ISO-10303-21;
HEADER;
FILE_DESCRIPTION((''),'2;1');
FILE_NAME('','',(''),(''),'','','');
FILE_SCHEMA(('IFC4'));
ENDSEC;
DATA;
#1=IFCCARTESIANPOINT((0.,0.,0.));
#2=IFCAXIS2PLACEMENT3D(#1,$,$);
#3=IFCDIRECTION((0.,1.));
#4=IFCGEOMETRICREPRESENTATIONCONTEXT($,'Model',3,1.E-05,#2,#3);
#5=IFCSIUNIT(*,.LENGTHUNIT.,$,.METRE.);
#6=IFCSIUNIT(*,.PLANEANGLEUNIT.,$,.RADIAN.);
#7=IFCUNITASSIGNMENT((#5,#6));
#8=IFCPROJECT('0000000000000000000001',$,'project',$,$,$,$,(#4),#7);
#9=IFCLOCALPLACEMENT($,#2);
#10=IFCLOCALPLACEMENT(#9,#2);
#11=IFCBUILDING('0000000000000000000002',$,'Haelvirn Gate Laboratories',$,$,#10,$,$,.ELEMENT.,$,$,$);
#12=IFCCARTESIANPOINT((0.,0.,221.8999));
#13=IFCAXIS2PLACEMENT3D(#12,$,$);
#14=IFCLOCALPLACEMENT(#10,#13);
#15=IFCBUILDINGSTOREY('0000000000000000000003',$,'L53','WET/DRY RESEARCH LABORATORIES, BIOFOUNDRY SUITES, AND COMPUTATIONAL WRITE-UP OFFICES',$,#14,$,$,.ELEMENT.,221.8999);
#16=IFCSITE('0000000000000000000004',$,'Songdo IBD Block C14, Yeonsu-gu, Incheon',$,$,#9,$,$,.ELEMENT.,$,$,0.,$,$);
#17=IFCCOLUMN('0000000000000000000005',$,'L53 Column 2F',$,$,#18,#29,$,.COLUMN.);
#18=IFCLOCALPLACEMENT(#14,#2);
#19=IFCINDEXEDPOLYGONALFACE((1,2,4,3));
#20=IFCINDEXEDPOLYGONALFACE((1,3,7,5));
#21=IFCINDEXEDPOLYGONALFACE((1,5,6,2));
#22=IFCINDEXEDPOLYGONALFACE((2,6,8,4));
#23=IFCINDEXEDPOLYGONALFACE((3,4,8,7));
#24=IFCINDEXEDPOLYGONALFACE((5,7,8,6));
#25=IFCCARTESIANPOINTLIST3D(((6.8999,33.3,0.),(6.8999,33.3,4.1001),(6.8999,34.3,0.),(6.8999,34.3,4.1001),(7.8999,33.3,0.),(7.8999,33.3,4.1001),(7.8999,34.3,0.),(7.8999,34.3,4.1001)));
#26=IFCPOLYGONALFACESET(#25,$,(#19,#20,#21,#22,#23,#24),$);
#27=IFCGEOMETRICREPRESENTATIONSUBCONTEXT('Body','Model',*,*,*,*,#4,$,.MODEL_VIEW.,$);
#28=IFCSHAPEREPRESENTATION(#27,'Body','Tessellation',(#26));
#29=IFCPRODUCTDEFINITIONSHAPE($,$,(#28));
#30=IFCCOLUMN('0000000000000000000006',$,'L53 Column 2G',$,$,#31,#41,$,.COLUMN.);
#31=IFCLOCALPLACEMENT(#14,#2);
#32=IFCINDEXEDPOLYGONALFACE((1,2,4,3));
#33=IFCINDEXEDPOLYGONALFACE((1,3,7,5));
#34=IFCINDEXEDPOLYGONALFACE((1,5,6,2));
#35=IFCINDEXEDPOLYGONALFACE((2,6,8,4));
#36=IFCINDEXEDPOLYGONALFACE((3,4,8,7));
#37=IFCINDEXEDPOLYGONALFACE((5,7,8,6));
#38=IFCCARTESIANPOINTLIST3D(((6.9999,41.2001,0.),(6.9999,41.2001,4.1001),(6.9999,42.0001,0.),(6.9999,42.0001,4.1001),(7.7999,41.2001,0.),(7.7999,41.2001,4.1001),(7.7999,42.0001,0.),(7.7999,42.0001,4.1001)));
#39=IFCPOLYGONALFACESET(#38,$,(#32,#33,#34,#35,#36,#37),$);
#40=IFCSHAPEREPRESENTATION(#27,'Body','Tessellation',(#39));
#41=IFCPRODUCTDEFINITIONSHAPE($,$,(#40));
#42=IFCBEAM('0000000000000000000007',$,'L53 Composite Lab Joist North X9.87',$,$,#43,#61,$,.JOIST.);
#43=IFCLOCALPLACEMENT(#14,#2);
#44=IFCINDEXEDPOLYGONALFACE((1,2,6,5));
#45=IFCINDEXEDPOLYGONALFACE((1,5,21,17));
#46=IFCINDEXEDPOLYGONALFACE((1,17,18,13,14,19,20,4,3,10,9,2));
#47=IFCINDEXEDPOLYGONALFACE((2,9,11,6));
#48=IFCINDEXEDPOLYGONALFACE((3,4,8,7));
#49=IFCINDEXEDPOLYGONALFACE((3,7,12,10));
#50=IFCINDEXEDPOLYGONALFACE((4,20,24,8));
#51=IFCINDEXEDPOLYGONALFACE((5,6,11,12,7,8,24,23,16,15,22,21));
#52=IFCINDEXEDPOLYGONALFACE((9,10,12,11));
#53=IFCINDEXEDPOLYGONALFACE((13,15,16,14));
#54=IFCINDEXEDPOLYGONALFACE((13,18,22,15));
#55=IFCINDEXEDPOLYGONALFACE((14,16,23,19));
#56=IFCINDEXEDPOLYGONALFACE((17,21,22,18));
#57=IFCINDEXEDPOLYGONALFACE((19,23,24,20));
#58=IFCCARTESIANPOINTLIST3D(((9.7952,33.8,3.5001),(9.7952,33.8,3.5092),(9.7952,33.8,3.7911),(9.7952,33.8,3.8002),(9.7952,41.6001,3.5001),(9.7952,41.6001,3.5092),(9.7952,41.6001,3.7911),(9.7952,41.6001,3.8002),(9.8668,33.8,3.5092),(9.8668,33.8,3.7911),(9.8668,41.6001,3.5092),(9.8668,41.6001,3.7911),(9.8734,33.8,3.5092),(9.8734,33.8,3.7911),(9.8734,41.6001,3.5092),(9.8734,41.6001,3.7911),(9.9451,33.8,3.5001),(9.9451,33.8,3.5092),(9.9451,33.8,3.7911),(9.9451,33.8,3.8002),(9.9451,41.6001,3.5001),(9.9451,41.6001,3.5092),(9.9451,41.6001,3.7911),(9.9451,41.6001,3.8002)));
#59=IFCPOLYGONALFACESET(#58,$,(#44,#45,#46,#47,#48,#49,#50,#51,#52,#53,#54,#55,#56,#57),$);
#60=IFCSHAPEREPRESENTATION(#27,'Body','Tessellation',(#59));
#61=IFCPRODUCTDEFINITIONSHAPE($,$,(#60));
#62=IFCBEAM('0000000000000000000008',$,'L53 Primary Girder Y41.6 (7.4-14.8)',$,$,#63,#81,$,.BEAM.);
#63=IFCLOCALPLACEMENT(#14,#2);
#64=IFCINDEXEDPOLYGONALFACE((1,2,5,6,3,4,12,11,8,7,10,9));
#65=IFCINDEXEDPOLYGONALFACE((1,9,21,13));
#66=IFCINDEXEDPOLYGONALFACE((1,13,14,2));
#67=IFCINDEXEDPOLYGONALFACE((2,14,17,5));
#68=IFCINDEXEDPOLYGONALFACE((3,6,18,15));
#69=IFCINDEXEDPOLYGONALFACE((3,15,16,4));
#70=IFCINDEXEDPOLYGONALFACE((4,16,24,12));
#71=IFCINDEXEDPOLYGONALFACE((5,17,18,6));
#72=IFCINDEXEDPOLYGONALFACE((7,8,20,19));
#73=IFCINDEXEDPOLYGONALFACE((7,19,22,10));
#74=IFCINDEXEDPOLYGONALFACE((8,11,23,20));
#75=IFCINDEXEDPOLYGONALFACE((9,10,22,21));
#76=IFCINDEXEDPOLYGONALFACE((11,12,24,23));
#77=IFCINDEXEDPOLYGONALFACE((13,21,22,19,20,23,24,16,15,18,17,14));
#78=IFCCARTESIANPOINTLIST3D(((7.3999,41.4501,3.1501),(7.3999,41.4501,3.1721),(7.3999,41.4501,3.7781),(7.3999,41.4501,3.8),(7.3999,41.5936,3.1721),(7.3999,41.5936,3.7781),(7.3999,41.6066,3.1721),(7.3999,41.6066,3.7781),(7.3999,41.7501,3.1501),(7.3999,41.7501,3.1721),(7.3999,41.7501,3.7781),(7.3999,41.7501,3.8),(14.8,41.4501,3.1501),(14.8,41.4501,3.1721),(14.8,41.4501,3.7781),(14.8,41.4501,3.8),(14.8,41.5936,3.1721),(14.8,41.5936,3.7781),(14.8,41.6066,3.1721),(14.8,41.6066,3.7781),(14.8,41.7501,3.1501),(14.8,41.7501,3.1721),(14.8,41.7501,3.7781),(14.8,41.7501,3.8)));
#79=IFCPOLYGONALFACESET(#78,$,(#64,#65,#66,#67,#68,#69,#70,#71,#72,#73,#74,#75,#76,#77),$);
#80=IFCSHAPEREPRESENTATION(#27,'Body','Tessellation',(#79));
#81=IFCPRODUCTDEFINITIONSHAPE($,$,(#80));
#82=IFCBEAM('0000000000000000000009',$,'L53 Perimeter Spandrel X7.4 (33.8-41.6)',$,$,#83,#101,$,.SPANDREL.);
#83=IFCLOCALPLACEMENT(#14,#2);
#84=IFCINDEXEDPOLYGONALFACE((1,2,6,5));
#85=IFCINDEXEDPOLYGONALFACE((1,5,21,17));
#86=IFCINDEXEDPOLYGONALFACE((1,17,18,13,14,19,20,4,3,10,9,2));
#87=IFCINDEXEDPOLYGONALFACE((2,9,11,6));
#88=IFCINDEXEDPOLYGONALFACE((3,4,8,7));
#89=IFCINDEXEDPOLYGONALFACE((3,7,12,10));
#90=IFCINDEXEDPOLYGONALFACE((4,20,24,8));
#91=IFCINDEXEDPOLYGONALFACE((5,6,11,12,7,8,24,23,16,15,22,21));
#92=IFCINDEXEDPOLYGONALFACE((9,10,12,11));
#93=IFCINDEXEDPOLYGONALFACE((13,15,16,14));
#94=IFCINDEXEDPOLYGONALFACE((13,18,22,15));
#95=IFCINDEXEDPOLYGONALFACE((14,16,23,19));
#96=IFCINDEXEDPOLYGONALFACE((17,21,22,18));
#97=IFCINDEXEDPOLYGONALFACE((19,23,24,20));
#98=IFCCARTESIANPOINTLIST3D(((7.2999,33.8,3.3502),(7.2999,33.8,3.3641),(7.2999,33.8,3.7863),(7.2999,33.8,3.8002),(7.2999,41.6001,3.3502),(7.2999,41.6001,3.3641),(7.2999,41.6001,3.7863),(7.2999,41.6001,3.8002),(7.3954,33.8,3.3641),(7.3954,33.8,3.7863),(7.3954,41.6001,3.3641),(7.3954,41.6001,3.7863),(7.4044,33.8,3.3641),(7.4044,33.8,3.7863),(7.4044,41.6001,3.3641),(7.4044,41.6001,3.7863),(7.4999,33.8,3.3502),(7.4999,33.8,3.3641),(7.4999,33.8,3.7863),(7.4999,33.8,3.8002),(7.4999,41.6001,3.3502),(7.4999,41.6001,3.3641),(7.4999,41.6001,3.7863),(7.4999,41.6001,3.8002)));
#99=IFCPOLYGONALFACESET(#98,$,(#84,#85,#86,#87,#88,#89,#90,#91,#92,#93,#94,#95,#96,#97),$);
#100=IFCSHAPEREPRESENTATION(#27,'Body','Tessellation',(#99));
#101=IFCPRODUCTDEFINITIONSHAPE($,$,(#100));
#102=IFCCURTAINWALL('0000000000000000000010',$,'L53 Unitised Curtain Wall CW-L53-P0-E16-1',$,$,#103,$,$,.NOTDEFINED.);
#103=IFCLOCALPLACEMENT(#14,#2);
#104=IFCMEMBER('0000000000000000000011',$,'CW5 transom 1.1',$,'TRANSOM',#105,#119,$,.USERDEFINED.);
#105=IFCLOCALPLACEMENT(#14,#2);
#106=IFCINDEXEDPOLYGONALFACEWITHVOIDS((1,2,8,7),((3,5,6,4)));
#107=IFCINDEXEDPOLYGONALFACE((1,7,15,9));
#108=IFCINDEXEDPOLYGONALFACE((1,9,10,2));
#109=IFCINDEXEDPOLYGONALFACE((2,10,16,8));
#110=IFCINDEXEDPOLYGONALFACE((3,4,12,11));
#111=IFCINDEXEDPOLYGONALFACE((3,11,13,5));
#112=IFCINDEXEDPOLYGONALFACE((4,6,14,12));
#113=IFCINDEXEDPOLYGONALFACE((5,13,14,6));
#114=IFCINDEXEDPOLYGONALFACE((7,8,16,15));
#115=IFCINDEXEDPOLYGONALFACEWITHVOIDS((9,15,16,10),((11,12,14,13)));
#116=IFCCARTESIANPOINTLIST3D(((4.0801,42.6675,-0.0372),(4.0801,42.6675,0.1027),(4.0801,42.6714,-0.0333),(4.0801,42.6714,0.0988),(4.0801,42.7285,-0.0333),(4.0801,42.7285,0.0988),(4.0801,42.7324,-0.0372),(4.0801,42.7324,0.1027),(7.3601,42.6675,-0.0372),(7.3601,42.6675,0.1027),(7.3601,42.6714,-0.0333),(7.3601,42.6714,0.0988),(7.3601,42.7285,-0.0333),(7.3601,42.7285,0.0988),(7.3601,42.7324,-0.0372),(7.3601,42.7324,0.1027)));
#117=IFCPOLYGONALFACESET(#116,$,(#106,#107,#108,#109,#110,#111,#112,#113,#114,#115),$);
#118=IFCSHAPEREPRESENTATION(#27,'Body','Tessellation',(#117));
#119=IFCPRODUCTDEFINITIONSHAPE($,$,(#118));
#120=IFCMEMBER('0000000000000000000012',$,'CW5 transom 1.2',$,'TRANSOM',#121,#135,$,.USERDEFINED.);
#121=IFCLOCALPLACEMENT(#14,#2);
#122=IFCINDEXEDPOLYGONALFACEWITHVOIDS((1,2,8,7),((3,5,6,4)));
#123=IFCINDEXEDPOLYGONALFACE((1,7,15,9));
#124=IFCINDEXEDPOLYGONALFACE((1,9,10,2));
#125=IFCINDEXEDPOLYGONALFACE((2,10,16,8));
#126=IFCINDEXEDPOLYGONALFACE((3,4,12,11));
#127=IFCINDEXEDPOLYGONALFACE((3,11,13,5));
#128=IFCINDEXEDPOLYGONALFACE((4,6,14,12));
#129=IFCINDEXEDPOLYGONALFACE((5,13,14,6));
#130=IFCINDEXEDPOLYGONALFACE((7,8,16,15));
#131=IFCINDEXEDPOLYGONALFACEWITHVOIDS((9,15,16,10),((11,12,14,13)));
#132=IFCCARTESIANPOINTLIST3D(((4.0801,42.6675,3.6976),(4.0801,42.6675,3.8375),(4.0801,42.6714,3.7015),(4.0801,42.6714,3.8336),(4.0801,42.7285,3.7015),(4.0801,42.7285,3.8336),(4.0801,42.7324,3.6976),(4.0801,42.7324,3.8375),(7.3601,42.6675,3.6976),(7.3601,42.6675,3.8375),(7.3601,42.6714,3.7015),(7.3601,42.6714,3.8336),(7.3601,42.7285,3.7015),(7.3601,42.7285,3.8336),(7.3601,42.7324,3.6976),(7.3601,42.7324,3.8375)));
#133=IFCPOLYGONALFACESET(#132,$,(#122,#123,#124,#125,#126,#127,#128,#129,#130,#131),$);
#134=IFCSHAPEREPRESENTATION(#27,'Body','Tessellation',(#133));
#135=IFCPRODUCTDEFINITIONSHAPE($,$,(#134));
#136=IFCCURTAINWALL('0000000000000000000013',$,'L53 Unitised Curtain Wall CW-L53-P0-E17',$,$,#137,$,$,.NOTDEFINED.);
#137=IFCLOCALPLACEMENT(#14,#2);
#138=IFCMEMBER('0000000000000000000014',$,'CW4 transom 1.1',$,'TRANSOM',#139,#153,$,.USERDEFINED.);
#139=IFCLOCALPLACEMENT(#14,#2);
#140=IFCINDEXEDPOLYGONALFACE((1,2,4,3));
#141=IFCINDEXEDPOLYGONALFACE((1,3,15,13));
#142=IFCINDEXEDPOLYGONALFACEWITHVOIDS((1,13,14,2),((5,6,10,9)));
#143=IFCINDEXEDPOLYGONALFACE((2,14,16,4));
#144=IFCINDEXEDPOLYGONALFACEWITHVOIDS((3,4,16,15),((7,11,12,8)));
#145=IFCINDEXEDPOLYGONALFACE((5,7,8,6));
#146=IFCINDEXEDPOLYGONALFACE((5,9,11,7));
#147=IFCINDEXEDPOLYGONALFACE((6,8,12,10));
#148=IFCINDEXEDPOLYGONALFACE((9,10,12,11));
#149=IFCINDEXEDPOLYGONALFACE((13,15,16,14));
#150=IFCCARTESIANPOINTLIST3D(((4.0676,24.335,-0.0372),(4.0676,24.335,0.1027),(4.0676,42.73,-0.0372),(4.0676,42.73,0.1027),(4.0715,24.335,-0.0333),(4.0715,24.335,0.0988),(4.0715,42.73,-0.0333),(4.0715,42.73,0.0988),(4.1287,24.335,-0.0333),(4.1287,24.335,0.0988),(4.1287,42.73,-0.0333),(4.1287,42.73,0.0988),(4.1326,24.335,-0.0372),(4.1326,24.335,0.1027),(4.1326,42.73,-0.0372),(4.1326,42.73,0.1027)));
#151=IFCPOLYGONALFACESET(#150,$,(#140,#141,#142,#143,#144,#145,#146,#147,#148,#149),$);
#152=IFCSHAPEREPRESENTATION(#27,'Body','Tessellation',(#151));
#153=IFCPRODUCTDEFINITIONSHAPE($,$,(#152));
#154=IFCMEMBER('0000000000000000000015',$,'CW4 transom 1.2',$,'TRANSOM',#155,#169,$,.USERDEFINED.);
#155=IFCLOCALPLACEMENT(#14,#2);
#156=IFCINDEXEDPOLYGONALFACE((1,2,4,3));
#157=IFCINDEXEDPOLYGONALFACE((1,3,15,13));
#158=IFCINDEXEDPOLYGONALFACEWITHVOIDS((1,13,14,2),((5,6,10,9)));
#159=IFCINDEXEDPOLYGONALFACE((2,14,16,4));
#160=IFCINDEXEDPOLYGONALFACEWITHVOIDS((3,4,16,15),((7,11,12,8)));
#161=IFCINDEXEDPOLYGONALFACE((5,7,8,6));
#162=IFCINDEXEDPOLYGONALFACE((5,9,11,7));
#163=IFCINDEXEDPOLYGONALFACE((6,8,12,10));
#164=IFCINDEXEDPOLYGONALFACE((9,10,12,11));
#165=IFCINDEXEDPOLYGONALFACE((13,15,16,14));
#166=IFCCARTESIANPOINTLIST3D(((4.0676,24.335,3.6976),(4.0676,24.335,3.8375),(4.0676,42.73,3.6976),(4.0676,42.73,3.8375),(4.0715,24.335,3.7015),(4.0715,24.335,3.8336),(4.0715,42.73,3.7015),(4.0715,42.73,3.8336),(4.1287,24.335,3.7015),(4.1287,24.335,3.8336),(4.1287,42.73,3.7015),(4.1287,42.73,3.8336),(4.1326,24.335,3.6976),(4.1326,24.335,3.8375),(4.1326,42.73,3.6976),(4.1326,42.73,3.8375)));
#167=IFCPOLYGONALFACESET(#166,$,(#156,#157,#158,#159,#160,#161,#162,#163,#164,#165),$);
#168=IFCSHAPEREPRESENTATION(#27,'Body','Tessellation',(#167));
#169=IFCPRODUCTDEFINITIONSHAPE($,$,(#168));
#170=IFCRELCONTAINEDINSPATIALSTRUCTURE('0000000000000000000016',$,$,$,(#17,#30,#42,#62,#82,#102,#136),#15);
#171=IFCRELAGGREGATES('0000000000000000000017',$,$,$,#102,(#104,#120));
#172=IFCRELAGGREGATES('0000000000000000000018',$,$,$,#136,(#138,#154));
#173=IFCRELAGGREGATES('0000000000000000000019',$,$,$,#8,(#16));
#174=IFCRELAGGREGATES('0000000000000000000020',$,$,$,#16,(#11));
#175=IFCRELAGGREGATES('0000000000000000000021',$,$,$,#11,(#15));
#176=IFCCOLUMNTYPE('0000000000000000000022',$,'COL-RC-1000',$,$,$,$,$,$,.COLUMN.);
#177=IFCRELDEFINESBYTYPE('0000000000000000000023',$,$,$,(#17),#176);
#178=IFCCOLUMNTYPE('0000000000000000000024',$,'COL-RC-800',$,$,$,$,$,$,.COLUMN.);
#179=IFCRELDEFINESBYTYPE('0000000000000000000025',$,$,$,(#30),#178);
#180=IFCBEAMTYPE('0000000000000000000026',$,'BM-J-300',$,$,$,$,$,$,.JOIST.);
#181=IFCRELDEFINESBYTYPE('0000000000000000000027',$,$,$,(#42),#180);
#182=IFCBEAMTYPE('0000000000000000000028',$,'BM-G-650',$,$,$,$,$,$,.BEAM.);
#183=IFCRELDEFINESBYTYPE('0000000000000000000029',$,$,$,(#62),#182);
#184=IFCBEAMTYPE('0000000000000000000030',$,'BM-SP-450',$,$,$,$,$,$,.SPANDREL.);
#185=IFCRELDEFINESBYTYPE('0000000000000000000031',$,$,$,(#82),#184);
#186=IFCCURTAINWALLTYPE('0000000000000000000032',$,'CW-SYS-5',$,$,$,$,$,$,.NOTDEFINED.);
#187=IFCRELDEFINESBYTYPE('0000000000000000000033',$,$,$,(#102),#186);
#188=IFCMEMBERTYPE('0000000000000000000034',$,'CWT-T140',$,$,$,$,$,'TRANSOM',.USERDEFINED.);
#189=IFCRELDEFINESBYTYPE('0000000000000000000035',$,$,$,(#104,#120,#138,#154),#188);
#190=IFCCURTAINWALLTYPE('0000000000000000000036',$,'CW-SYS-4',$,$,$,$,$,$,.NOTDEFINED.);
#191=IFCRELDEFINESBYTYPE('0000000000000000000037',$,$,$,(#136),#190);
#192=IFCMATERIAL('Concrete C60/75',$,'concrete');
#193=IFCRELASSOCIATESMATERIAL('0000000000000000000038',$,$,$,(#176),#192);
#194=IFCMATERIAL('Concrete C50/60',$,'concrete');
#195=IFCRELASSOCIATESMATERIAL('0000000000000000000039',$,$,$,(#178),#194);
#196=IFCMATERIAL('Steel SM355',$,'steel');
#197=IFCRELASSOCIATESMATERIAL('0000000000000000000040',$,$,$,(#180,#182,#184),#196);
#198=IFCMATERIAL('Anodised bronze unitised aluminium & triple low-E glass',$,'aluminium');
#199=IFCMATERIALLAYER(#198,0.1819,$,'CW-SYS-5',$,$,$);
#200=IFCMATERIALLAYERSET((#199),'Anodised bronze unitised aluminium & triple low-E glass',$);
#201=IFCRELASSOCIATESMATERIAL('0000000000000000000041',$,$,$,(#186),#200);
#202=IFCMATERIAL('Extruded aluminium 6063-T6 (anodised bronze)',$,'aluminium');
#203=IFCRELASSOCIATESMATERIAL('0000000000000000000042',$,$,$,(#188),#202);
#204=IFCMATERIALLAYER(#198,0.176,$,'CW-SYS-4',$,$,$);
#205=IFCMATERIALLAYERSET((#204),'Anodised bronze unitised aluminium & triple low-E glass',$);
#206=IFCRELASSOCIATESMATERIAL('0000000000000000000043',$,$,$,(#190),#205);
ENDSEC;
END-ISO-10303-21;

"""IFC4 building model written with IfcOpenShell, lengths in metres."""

from ifc_helpers import new_model, si_unit, direction, frame, origin, origin_2d, place, context, subcontext, project, spatial, rectangle, hollow_rectangle, i_section, extrude, source, transform, mapped, material, layer, layer_set, material_profile, profile_set, type_object, type_shapes, element, aggregate, save


model = new_model("IFC4")

# Units and contexts
model_context = context("Model", 3, precision=1e-05, world=origin(), true_north=direction((0.0, 1.0)))
body_context = subcontext(model_context, "Body", "Model", "MODEL_VIEW")
ifc_project = project(units=[si_unit("LENGTHUNIT", "METRE"), si_unit("PLANEANGLEUNIT", "RADIAN")], contexts=[model_context])

# Site, building, storey
site_placement = place(None, origin())
site = spatial("IfcSite", under=ifc_project, at=site_placement, Name="Songdo IBD Block C14, Yeonsu-gu, Incheon", CompositionType="ELEMENT", RefElevation=0.0)
building_placement = place(site_placement, origin())
building = spatial("IfcBuilding", under=site, at=building_placement, Name="Haelvirn Gate Laboratories", CompositionType="ELEMENT")
storey_placement = place(building_placement, frame((0.0, 0.0, 221.8999)))
storey = spatial("IfcBuildingStorey", under=building, at=storey_placement, Name="L53", Description="WET/DRY RESEARCH LABORATORIES, BIOFOUNDRY SUITES, AND COMPUTATIONAL WRITE-UP OFFICES", CompositionType="ELEMENT", Elevation=221.8999)

# Columns
ifc_material_1 = material(Name="Concrete C60/75", Category="concrete")
ifc_material_profile_1 = material_profile(ifc_material_1, rectangle(XDim=1.0, YDim=1.0, at=origin_2d()), Name="RC-1000x1000")
ifc_profile_set_1 = profile_set([ifc_material_profile_1], Name="Concrete C60/75")
column_type_1 = type_object("IfcColumnType", Name="COL-RC-1000", PredefinedType="COLUMN", material=ifc_profile_set_1)
shared_shape_1 = source(origin(), body_context, "Body", "SweptSolid", [
    extrude(rectangle(XDim=1.0, YDim=1.0, at=origin_2d()), origin(), (0.0, 0.0, 1.0), 4.1001),
])
type_shapes(column_type_1, [shared_shape_1])
column_1_placement = place(storey_placement, frame((7.3999, 33.8, 0.0), z_axis=(0.0, 0.0, 1.0), x_axis=(1.0, 0.0, 0.0)))
element("IfcColumn", 1, at=column_1_placement, inside=storey, type_object=column_type_1, Name="L53 Column 2F", PredefinedType="COLUMN", context=body_context, shape_type="MappedRepresentation", body=[
    mapped(shared_shape_1, transform((0.0, 0.0, 0.0), scale=1.0)),
])
ifc_material_2 = material(Name="Concrete C50/60", Category="concrete")
ifc_material_profile_2 = material_profile(ifc_material_2, rectangle(XDim=0.8, YDim=0.8, at=origin_2d()), Name="RC-800x800")
ifc_profile_set_2 = profile_set([ifc_material_profile_2], Name="Concrete C50/60")
column_type_2 = type_object("IfcColumnType", Name="COL-RC-800", PredefinedType="COLUMN", material=ifc_profile_set_2)
shared_shape_2 = source(origin(), body_context, "Body", "SweptSolid", [
    extrude(rectangle(XDim=0.8, YDim=0.8, at=origin_2d()), origin(), (0.0, 0.0, 1.0), 4.1001),
])
type_shapes(column_type_2, [shared_shape_2])
column_2_placement = place(storey_placement, frame((7.3999, 41.6001, 0.0), z_axis=(0.0, 0.0, 1.0), x_axis=(1.0, 0.0, 0.0)))
element("IfcColumn", 2, at=column_2_placement, inside=storey, type_object=column_type_2, Name="L53 Column 2G", PredefinedType="COLUMN", context=body_context, shape_type="MappedRepresentation", body=[
    mapped(shared_shape_2, transform((0.0, 0.0, 0.0), scale=1.0)),
])

# Beams
ifc_material_3 = material(Name="Steel SM355", Category="steel")
ifc_material_profile_3 = material_profile(ifc_material_3, i_section(OverallWidth=0.1499, OverallDepth=0.3, WebThickness=0.0066, FlangeThickness=0.009, at=origin_2d()), Name="H-300x150x6.5x9")
ifc_profile_set_3 = profile_set([ifc_material_profile_3], Name="Steel SM355")
beam_type_1 = type_object("IfcBeamType", Name="BM-J-300", PredefinedType="JOIST", material=ifc_profile_set_3)
shared_shape_3 = source(origin(), body_context, "Body", "SweptSolid", [
    extrude(i_section(OverallWidth=0.1499, OverallDepth=0.3, WebThickness=0.0066, FlangeThickness=0.009, at=origin_2d()), origin(), (0.0, 0.0, 1.0), 7.8),
])
type_shapes(beam_type_1, [shared_shape_3])
beam_1_placement = place(storey_placement, frame((9.8701, 33.8, 3.6501), z_axis=(0.0, 1.0, 0.0), x_axis=(-1.0, 0.0, 0.0)))
element("IfcBeam", 3, at=beam_1_placement, inside=storey, type_object=beam_type_1, Name="L53 Composite Lab Joist North X9.87", PredefinedType="JOIST", context=body_context, shape_type="MappedRepresentation", body=[
    mapped(shared_shape_3, transform((0.0, 0.0, 0.0), scale=1.0)),
])
ifc_material_profile_4 = material_profile(ifc_material_3, i_section(OverallWidth=0.3, OverallDepth=0.6499, WebThickness=0.0129, FlangeThickness=0.022, at=origin_2d()), Name="H-650x300x13x22")
ifc_profile_set_4 = profile_set([ifc_material_profile_4], Name="Steel SM355")
beam_type_2 = type_object("IfcBeamType", Name="BM-G-650", PredefinedType="BEAM", material=ifc_profile_set_4)
shared_shape_4 = source(origin(), body_context, "Body", "SweptSolid", [
    extrude(i_section(OverallWidth=0.3, OverallDepth=0.6499, WebThickness=0.0129, FlangeThickness=0.022, at=origin_2d()), origin(), (0.0, 0.0, 1.0), 7.4001),
])
type_shapes(beam_type_2, [shared_shape_4])
beam_2_placement = place(storey_placement, frame((7.3999, 41.6001, 3.4751), z_axis=(1.0, 0.0, 0.0), x_axis=(0.0, 1.0, 0.0)))
element("IfcBeam", 4, at=beam_2_placement, inside=storey, type_object=beam_type_2, Name="L53 Primary Girder Y41.6 (7.4-14.8)", PredefinedType="BEAM", context=body_context, shape_type="MappedRepresentation", body=[
    mapped(shared_shape_4, transform((0.0, 0.0, 0.0), scale=1.0)),
])
ifc_material_profile_5 = material_profile(ifc_material_3, i_section(OverallWidth=0.2, OverallDepth=0.45, WebThickness=0.009, FlangeThickness=0.0139, at=origin_2d()), Name="H-450x200x9x14")
ifc_profile_set_5 = profile_set([ifc_material_profile_5], Name="Steel SM355")
beam_type_3 = type_object("IfcBeamType", Name="BM-SP-450", PredefinedType="SPANDREL", material=ifc_profile_set_5)
shared_shape_5 = source(origin(), body_context, "Body", "SweptSolid", [
    extrude(i_section(OverallWidth=0.2, OverallDepth=0.45, WebThickness=0.009, FlangeThickness=0.0139, at=origin_2d()), origin(), (0.0, 0.0, 1.0), 7.8),
])
type_shapes(beam_type_3, [shared_shape_5])
beam_3_placement = place(storey_placement, frame((7.3999, 33.8, 3.5752), z_axis=(0.0, 1.0, 0.0), x_axis=(-1.0, 0.0, 0.0)))
element("IfcBeam", 5, at=beam_3_placement, inside=storey, type_object=beam_type_3, Name="L53 Perimeter Spandrel X7.4 (33.8-41.6)", PredefinedType="SPANDREL", context=body_context, shape_type="MappedRepresentation", body=[
    mapped(shared_shape_5, transform((0.0, 0.0, 0.0), scale=1.0)),
])

# Curtain walls, members
ifc_material_4 = material(Name="Anodised bronze unitised aluminium & triple low-E glass", Category="aluminium")
ifc_layer_1 = layer(ifc_material_4, 0.1819, Name="CW-SYS-5")
ifc_layer_set_1 = layer_set([ifc_layer_1], Name="Anodised bronze unitised aluminium & triple low-E glass")
curtain_wall_type_1 = type_object("IfcCurtainWallType", Name="CW-SYS-5", PredefinedType="NOTDEFINED", material=ifc_layer_set_1)
curtain_wall_1_placement = place(storey_placement, origin())
curtain_wall_1 = element("IfcCurtainWall", 6, at=curtain_wall_1_placement, inside=storey, type_object=curtain_wall_type_1, Name="L53 Unitised Curtain Wall CW-L53-P0-E16-1", PredefinedType="NOTDEFINED")
ifc_material_5 = material(Name="Extruded aluminium 6063-T6 (anodised bronze)", Category="aluminium")
ifc_material_profile_6 = material_profile(ifc_material_5, hollow_rectangle(XDim=0.0649, YDim=0.1399, WallThickness=0.0039, at=origin_2d()), Name="CWT-140x65x4")
ifc_profile_set_6 = profile_set([ifc_material_profile_6], Name="Extruded aluminium 6063-T6 (anodised bronze)")
member_type_1 = type_object("IfcMemberType", Name="CWT-T140", ElementType="TRANSOM", PredefinedType="USERDEFINED", material=ifc_profile_set_6)
shared_shape_6 = source(origin(), body_context, "Body", "SweptSolid", [
    extrude(hollow_rectangle(XDim=0.0649, YDim=0.1399, WallThickness=0.0039, at=origin_2d()), origin(), (0.0, 0.0, 1.0), 3.28),
])
member_1_placement = place(storey_placement, frame((4.0801, 42.7, 0.0327), z_axis=(1.0, 0.0, 0.0), x_axis=(0.0, 1.0, 0.0)))
member_1 = element("IfcMember", 7, at=member_1_placement, type_object=member_type_1, Name="CW5 transom 1.1", ObjectType="TRANSOM", PredefinedType="USERDEFINED", context=body_context, shape_type="MappedRepresentation", body=[
    mapped(shared_shape_6, transform((0.0, 0.0, 0.0), scale=1.0)),
])
member_2_placement = place(storey_placement, frame((4.0801, 42.7, 3.7676), z_axis=(1.0, 0.0, 0.0), x_axis=(0.0, 1.0, 0.0)))
member_2 = element("IfcMember", 8, at=member_2_placement, type_object=member_type_1, Name="CW5 transom 1.2", ObjectType="TRANSOM", PredefinedType="USERDEFINED", context=body_context, shape_type="MappedRepresentation", body=[
    mapped(shared_shape_6, transform((0.0, 0.0, 0.0), scale=1.0)),
])
ifc_layer_2 = layer(ifc_material_4, 0.176, Name="CW-SYS-4")
ifc_layer_set_2 = layer_set([ifc_layer_2], Name="Anodised bronze unitised aluminium & triple low-E glass")
curtain_wall_type_2 = type_object("IfcCurtainWallType", Name="CW-SYS-4", PredefinedType="NOTDEFINED", material=ifc_layer_set_2)
curtain_wall_2_placement = place(storey_placement, origin())
curtain_wall_2 = element("IfcCurtainWall", 9, at=curtain_wall_2_placement, inside=storey, type_object=curtain_wall_type_2, Name="L53 Unitised Curtain Wall CW-L53-P0-E17", PredefinedType="NOTDEFINED")
shared_shape_7 = source(origin(), body_context, "Body", "SweptSolid", [
    extrude(hollow_rectangle(XDim=0.0649, YDim=0.1399, WallThickness=0.0039, at=origin_2d()), origin(), (0.0, 0.0, 1.0), 18.395),
])
member_3_placement = place(storey_placement, frame((4.1001, 42.73, 0.0327), z_axis=(0.0, -1.0, 0.0), x_axis=(1.0, 0.0, 0.0)))
member_3 = element("IfcMember", 10, at=member_3_placement, type_object=member_type_1, Name="CW4 transom 1.1", ObjectType="TRANSOM", PredefinedType="USERDEFINED", context=body_context, shape_type="MappedRepresentation", body=[
    mapped(shared_shape_7, transform((0.0, 0.0, 0.0), scale=1.0)),
])
member_4_placement = place(storey_placement, frame((4.1001, 42.73, 3.7676), z_axis=(0.0, -1.0, 0.0), x_axis=(1.0, 0.0, 0.0)))
member_4 = element("IfcMember", 11, at=member_4_placement, type_object=member_type_1, Name="CW4 transom 1.2", ObjectType="TRANSOM", PredefinedType="USERDEFINED", context=body_context, shape_type="MappedRepresentation", body=[
    mapped(shared_shape_7, transform((0.0, 0.0, 0.0), scale=1.0)),
])

aggregate(curtain_wall_1, [member_1, member_2])
aggregate(curtain_wall_2, [member_3, member_4])

save(model, "model.ifc")
